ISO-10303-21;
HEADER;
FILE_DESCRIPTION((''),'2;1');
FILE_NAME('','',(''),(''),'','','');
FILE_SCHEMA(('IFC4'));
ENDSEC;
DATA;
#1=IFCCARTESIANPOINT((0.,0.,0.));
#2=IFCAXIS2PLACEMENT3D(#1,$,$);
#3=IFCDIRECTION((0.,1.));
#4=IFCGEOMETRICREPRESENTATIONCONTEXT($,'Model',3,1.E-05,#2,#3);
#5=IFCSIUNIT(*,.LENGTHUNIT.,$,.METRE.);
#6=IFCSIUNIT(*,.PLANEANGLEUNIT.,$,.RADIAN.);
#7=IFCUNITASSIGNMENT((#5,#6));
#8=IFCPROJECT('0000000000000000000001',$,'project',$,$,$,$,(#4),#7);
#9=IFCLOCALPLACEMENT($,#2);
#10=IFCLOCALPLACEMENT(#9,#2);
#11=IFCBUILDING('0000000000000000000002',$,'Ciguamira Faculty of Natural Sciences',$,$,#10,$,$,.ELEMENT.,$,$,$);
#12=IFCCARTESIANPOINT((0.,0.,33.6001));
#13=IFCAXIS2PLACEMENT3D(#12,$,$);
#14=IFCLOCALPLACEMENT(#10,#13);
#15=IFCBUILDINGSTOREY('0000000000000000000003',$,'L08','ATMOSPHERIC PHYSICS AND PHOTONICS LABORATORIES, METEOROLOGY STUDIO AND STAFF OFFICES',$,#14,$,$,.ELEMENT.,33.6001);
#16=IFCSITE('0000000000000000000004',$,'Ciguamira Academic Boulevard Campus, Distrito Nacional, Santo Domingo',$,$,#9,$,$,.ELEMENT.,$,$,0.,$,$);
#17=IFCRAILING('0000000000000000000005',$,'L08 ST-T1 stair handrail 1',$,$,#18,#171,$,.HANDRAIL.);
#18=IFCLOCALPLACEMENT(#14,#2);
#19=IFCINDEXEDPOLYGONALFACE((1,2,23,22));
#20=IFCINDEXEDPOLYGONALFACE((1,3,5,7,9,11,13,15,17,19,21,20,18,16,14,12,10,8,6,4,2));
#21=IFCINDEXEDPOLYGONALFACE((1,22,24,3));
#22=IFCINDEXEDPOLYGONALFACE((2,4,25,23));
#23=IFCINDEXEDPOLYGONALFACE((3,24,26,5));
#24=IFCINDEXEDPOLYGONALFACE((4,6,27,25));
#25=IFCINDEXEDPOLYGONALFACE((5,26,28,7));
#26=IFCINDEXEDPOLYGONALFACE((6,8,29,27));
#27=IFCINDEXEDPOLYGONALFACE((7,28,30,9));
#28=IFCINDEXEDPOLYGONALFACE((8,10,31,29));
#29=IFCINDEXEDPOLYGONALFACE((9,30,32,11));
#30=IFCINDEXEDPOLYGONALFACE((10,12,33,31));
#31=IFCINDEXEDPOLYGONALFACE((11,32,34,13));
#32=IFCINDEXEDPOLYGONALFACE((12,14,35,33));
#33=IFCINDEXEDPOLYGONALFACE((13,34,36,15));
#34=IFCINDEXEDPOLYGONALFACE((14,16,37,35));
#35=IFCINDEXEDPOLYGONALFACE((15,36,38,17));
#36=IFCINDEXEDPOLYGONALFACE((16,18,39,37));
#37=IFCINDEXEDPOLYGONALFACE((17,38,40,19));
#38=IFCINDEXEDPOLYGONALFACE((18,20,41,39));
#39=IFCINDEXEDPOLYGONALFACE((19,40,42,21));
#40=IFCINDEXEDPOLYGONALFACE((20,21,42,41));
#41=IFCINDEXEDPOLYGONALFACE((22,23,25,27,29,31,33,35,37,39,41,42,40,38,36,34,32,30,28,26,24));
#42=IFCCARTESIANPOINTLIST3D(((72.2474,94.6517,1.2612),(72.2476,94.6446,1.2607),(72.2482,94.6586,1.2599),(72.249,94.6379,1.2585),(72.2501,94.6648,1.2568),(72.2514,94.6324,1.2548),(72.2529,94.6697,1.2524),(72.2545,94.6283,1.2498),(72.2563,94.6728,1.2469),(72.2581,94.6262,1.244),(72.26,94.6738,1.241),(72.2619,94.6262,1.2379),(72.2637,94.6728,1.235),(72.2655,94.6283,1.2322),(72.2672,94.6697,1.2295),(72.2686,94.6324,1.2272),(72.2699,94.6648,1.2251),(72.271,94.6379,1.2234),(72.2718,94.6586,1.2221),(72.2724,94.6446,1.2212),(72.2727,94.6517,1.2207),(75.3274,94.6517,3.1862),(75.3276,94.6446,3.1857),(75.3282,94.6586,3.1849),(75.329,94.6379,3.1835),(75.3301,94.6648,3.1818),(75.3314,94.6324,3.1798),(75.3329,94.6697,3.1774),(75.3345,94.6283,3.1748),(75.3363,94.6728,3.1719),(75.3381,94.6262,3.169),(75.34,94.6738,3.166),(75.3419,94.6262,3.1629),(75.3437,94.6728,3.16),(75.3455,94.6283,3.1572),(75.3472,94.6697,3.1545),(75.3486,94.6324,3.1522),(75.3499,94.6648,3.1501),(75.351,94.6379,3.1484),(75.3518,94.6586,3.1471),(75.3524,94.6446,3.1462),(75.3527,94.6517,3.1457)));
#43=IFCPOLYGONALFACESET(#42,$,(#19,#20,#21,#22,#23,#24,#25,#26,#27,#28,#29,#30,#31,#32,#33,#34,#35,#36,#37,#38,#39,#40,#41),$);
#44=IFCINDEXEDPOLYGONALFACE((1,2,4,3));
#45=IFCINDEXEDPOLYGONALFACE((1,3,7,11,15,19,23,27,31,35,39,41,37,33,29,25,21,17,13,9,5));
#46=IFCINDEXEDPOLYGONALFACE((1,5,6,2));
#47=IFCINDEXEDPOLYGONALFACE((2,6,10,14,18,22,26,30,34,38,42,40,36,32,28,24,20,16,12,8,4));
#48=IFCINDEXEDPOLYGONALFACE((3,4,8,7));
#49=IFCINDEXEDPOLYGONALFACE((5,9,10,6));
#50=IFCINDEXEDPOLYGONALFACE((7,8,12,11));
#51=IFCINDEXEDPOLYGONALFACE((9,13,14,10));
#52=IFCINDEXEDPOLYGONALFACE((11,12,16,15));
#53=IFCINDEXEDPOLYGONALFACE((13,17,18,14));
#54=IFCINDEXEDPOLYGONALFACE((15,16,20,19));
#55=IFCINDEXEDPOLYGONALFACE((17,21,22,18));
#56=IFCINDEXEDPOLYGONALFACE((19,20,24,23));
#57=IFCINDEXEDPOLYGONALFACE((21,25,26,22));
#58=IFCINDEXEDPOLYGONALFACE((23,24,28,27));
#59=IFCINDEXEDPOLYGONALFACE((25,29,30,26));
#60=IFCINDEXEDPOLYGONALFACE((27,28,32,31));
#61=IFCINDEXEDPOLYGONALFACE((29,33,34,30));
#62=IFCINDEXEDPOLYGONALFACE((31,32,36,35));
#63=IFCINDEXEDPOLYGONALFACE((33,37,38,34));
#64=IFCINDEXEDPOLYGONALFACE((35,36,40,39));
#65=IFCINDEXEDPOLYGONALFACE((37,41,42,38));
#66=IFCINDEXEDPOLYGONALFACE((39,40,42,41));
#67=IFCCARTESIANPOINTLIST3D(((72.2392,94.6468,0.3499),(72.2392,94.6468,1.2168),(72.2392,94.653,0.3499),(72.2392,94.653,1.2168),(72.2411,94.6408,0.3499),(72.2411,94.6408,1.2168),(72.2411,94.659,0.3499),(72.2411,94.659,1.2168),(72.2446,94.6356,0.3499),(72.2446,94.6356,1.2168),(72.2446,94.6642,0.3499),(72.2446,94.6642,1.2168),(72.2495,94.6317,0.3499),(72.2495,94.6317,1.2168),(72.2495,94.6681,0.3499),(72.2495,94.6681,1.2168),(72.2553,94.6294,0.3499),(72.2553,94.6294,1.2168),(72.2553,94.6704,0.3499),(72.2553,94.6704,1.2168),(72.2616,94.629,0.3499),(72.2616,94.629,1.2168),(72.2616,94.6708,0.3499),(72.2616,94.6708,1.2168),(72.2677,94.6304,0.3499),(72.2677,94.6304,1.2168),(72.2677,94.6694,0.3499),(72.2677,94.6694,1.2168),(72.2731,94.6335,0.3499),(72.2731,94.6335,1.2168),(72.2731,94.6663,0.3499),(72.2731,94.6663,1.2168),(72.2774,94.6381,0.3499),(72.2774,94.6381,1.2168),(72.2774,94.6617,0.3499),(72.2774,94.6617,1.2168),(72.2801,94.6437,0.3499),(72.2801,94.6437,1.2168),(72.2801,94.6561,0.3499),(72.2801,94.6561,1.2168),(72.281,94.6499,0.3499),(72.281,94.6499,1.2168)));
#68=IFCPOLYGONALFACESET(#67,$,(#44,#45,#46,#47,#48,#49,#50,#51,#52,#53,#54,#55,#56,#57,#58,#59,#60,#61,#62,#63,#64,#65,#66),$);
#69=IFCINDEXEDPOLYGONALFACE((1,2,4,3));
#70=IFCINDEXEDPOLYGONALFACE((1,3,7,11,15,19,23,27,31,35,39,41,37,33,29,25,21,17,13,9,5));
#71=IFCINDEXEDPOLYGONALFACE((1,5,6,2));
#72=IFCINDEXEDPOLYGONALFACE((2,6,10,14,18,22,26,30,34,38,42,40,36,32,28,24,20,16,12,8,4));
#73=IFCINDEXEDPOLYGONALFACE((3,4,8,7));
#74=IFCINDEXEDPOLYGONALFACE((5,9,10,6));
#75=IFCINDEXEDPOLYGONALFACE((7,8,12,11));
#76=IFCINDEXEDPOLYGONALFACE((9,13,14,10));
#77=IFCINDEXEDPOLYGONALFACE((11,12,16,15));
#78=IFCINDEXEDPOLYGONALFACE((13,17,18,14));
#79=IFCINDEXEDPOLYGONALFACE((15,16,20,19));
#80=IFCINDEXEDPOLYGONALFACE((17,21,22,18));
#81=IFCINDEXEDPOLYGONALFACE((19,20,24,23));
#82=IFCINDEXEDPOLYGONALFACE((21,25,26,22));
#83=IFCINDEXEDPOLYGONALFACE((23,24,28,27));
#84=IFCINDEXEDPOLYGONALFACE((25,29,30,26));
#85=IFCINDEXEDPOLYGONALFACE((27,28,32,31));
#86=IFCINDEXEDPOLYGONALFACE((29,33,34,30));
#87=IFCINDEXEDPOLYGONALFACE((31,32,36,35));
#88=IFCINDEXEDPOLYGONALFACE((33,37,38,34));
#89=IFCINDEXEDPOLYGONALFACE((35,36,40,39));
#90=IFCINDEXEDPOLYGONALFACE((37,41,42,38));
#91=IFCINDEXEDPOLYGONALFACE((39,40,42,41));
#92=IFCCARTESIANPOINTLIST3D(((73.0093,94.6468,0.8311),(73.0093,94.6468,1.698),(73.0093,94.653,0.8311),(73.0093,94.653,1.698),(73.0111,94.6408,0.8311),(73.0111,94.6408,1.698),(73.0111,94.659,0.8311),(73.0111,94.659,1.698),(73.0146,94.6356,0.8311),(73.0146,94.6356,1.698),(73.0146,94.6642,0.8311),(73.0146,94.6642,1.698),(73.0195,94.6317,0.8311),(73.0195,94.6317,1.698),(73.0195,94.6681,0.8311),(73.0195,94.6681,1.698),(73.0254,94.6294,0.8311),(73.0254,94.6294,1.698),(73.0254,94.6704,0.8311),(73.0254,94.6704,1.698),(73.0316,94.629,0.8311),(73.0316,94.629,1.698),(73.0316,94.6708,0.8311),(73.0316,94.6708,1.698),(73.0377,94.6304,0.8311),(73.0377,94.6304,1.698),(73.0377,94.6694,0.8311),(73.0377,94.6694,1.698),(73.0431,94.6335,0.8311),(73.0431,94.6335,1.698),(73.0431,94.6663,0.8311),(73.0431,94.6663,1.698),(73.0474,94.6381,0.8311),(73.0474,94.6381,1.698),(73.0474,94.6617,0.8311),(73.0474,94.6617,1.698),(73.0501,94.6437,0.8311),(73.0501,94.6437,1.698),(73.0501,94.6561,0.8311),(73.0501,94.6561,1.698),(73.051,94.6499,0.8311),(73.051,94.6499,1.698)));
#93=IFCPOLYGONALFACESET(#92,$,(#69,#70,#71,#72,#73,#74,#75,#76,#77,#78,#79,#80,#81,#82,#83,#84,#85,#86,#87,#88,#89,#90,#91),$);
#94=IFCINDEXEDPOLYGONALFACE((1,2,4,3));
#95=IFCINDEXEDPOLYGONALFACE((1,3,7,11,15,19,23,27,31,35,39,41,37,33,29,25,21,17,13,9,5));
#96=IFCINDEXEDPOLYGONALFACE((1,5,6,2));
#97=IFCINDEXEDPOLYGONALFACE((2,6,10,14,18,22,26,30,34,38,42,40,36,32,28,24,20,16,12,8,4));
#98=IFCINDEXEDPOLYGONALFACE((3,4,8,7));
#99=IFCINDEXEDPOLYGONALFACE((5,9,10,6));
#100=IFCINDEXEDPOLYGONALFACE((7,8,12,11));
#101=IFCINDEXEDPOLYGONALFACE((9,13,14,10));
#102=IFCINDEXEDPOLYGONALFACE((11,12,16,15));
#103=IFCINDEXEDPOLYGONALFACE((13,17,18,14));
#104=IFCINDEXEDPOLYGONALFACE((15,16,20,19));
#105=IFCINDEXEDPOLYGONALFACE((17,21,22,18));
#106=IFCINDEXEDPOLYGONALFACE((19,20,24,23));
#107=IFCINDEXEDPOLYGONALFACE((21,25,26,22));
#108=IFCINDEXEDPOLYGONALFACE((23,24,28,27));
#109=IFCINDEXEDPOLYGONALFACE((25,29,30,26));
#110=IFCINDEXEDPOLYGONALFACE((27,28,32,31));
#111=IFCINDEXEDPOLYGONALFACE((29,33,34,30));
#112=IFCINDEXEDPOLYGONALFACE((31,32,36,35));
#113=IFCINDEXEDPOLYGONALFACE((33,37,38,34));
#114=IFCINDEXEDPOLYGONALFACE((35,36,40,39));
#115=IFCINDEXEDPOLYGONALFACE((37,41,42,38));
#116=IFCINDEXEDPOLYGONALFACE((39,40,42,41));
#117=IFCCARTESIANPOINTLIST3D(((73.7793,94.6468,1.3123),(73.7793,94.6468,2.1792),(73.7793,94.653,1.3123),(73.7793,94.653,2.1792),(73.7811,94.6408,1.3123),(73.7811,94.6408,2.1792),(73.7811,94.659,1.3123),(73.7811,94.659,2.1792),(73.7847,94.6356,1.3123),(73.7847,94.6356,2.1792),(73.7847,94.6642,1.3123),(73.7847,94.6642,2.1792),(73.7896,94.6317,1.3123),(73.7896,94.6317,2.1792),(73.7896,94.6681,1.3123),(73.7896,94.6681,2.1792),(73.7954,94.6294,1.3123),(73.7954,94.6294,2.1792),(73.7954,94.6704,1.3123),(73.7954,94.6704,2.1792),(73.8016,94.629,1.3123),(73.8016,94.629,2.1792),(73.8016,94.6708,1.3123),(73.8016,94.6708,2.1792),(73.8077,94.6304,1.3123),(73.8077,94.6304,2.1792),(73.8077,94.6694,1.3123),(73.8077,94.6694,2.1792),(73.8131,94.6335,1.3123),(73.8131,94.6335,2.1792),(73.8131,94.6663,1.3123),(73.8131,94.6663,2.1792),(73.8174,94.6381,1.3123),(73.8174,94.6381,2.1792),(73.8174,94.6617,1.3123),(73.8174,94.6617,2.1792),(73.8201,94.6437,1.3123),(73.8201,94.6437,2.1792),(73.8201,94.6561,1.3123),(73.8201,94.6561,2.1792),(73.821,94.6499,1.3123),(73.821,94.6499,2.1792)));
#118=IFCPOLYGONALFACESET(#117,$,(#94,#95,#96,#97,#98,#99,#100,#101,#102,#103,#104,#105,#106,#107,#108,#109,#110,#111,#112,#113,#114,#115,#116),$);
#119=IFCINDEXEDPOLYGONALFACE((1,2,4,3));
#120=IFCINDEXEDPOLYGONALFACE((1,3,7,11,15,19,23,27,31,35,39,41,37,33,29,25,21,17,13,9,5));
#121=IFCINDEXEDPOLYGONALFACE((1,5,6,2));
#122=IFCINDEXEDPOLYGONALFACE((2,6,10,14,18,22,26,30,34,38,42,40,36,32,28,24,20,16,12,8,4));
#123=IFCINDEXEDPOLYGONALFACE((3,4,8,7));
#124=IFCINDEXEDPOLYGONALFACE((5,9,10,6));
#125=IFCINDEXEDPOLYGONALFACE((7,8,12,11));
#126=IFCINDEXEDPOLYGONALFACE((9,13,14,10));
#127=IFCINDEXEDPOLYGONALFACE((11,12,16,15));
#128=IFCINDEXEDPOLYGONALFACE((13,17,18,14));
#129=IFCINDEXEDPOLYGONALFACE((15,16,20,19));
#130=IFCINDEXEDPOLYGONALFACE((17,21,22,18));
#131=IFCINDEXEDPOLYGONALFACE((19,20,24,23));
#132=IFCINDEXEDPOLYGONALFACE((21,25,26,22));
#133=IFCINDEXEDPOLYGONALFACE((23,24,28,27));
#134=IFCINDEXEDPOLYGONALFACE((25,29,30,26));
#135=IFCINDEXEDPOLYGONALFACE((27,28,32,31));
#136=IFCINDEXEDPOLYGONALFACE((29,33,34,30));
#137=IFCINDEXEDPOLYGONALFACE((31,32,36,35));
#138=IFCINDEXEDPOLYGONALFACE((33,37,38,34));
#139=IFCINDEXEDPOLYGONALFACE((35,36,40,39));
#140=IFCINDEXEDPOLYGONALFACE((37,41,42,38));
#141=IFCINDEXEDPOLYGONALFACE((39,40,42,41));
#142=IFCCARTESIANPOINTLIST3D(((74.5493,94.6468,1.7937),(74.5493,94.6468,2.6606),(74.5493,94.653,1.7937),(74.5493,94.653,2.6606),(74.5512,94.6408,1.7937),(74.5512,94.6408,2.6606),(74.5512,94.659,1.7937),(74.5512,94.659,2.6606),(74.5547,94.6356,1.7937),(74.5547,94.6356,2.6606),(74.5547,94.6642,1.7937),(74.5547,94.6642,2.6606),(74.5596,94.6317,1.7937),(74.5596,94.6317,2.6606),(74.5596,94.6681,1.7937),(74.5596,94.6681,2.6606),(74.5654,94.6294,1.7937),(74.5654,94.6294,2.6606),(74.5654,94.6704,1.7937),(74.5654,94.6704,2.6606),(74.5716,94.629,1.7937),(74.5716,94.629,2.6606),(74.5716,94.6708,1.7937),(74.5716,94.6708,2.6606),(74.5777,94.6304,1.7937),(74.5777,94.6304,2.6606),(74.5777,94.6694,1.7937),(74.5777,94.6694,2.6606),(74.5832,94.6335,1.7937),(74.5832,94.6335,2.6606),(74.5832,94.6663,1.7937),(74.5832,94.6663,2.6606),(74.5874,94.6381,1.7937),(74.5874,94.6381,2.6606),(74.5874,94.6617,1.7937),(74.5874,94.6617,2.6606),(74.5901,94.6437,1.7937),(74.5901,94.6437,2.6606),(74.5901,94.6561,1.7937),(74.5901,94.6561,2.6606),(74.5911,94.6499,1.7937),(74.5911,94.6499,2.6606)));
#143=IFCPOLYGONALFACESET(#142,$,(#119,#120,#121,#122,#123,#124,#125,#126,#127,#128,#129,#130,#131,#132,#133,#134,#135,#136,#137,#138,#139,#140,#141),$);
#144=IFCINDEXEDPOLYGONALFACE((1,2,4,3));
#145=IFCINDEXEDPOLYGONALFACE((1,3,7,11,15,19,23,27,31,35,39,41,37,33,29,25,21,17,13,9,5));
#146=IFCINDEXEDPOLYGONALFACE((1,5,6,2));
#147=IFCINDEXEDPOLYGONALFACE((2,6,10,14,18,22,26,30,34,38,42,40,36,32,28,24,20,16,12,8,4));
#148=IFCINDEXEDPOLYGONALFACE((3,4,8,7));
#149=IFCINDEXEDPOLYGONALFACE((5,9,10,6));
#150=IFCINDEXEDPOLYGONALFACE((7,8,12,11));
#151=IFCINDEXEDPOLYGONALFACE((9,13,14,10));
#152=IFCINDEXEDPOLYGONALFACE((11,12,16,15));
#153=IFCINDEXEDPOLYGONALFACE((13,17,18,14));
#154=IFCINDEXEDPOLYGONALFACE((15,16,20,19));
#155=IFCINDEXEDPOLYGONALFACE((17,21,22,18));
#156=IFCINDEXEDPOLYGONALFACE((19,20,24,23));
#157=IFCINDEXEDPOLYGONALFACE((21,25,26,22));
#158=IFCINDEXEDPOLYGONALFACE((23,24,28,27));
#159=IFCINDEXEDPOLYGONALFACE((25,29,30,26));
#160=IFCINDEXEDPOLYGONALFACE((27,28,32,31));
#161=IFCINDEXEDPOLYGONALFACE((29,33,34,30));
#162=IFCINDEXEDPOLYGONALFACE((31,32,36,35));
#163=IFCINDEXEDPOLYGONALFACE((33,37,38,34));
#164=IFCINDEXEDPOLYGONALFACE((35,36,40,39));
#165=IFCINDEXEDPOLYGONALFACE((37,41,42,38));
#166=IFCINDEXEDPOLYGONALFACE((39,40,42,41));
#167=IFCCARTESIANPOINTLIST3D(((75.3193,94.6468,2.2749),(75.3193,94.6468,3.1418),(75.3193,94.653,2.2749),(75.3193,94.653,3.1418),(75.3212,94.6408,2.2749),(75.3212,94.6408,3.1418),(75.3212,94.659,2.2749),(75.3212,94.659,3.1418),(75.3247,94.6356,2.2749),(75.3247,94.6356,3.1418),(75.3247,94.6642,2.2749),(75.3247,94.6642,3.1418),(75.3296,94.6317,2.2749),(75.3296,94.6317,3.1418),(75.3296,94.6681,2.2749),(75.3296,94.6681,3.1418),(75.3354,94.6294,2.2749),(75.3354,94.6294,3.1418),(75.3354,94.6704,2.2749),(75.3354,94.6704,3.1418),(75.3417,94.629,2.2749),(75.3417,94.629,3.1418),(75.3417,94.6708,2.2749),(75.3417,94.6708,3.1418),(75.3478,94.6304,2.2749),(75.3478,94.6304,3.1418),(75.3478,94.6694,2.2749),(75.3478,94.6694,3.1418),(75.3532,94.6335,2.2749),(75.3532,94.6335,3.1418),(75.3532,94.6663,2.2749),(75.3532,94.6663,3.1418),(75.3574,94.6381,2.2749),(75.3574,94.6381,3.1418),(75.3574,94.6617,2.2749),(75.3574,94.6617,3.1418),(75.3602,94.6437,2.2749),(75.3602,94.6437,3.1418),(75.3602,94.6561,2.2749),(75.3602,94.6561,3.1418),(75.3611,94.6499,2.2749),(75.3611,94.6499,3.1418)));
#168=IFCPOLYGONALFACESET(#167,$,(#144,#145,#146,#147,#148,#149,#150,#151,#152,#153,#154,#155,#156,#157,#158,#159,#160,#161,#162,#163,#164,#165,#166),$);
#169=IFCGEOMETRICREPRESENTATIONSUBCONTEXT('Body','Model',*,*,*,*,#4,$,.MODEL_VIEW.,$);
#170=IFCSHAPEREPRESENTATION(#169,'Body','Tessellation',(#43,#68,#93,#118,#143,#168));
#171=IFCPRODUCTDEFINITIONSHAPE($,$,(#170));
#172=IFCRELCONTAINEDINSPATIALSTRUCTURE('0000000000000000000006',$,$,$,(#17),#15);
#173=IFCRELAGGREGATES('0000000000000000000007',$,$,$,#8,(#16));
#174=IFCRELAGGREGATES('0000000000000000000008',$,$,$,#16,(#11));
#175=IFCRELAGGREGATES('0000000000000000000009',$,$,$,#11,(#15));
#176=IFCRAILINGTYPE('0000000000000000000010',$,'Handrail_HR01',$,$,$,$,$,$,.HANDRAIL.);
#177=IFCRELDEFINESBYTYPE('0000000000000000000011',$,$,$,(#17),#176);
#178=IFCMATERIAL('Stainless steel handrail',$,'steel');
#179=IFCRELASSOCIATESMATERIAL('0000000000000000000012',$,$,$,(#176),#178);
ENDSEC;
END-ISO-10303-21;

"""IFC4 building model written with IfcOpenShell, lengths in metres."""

from ifc_helpers import new_model, si_unit, direction, frame, origin, origin_2d, place, context, subcontext, project, spatial, circle, extrude, material, type_object, element, save


model = new_model("IFC4")

# Units and contexts
model_context = context("Model", 3, precision=1e-05, world=origin(), true_north=direction((0.0, 1.0)))
body_context = subcontext(model_context, "Body", "Model", "MODEL_VIEW")
ifc_project = project(units=[si_unit("LENGTHUNIT", "METRE"), si_unit("PLANEANGLEUNIT", "RADIAN")], contexts=[model_context])

# Site, building, storey
site_placement = place(None, origin())
site = spatial("IfcSite", under=ifc_project, at=site_placement, Name="Ciguamira Academic Boulevard Campus, Distrito Nacional, Santo Domingo", CompositionType="ELEMENT", RefElevation=0.0)
building_placement = place(site_placement, origin())
building = spatial("IfcBuilding", under=site, at=building_placement, Name="Ciguamira Faculty of Natural Sciences", CompositionType="ELEMENT")
storey_placement = place(building_placement, frame((0.0, 0.0, 33.6001)))
storey = spatial("IfcBuildingStorey", under=building, at=storey_placement, Name="L08", Description="ATMOSPHERIC PHYSICS AND PHOTONICS LABORATORIES, METEOROLOGY STUDIO AND STAFF OFFICES", CompositionType="ELEMENT", Elevation=33.6001)

# Railing
ifc_material_1 = material(Name="Stainless steel handrail", Category="steel")
railing_type_1 = type_object("IfcRailingType", Name="Handrail_HR01", PredefinedType="HANDRAIL", material=ifc_material_1)
railing_1_placement = place(storey_placement, frame((72.26, 94.6499, 0.3499)))
element("IfcRailing", 1, at=railing_1_placement, inside=storey, type_object=railing_type_1, Name="L08 ST-T1 stair handrail 1", PredefinedType="HANDRAIL", context=body_context, shape_type="SweptSolid", body=[
    extrude(circle(Radius=0.0239, at=origin_2d()), frame((0.0, 0.0, 0.8911), z_axis=(0.847998, 0.0, 0.529999), x_axis=(0.0, 1.0, 0.0)), (0.0, 0.0, 1.0), 3.6321),
    extrude(circle(Radius=0.021, at=origin_2d()), origin(), (0.0, 0.0, 1.0), 0.8669),
    extrude(circle(Radius=0.021, at=origin_2d()), frame((0.77, 0.0, 0.4812)), (0.0, 0.0, 1.0), 0.8669),
    extrude(circle(Radius=0.021, at=origin_2d()), frame((1.54, 0.0, 0.9624)), (0.0, 0.0, 1.0), 0.8669),
    extrude(circle(Radius=0.021, at=origin_2d()), frame((2.3101, 0.0, 1.4438)), (0.0, 0.0, 1.0), 0.8669),
    extrude(circle(Radius=0.021, at=origin_2d()), frame((3.0801, 0.0, 1.925)), (0.0, 0.0, 1.0), 0.8669),
])

save(model, "model.ifc")
